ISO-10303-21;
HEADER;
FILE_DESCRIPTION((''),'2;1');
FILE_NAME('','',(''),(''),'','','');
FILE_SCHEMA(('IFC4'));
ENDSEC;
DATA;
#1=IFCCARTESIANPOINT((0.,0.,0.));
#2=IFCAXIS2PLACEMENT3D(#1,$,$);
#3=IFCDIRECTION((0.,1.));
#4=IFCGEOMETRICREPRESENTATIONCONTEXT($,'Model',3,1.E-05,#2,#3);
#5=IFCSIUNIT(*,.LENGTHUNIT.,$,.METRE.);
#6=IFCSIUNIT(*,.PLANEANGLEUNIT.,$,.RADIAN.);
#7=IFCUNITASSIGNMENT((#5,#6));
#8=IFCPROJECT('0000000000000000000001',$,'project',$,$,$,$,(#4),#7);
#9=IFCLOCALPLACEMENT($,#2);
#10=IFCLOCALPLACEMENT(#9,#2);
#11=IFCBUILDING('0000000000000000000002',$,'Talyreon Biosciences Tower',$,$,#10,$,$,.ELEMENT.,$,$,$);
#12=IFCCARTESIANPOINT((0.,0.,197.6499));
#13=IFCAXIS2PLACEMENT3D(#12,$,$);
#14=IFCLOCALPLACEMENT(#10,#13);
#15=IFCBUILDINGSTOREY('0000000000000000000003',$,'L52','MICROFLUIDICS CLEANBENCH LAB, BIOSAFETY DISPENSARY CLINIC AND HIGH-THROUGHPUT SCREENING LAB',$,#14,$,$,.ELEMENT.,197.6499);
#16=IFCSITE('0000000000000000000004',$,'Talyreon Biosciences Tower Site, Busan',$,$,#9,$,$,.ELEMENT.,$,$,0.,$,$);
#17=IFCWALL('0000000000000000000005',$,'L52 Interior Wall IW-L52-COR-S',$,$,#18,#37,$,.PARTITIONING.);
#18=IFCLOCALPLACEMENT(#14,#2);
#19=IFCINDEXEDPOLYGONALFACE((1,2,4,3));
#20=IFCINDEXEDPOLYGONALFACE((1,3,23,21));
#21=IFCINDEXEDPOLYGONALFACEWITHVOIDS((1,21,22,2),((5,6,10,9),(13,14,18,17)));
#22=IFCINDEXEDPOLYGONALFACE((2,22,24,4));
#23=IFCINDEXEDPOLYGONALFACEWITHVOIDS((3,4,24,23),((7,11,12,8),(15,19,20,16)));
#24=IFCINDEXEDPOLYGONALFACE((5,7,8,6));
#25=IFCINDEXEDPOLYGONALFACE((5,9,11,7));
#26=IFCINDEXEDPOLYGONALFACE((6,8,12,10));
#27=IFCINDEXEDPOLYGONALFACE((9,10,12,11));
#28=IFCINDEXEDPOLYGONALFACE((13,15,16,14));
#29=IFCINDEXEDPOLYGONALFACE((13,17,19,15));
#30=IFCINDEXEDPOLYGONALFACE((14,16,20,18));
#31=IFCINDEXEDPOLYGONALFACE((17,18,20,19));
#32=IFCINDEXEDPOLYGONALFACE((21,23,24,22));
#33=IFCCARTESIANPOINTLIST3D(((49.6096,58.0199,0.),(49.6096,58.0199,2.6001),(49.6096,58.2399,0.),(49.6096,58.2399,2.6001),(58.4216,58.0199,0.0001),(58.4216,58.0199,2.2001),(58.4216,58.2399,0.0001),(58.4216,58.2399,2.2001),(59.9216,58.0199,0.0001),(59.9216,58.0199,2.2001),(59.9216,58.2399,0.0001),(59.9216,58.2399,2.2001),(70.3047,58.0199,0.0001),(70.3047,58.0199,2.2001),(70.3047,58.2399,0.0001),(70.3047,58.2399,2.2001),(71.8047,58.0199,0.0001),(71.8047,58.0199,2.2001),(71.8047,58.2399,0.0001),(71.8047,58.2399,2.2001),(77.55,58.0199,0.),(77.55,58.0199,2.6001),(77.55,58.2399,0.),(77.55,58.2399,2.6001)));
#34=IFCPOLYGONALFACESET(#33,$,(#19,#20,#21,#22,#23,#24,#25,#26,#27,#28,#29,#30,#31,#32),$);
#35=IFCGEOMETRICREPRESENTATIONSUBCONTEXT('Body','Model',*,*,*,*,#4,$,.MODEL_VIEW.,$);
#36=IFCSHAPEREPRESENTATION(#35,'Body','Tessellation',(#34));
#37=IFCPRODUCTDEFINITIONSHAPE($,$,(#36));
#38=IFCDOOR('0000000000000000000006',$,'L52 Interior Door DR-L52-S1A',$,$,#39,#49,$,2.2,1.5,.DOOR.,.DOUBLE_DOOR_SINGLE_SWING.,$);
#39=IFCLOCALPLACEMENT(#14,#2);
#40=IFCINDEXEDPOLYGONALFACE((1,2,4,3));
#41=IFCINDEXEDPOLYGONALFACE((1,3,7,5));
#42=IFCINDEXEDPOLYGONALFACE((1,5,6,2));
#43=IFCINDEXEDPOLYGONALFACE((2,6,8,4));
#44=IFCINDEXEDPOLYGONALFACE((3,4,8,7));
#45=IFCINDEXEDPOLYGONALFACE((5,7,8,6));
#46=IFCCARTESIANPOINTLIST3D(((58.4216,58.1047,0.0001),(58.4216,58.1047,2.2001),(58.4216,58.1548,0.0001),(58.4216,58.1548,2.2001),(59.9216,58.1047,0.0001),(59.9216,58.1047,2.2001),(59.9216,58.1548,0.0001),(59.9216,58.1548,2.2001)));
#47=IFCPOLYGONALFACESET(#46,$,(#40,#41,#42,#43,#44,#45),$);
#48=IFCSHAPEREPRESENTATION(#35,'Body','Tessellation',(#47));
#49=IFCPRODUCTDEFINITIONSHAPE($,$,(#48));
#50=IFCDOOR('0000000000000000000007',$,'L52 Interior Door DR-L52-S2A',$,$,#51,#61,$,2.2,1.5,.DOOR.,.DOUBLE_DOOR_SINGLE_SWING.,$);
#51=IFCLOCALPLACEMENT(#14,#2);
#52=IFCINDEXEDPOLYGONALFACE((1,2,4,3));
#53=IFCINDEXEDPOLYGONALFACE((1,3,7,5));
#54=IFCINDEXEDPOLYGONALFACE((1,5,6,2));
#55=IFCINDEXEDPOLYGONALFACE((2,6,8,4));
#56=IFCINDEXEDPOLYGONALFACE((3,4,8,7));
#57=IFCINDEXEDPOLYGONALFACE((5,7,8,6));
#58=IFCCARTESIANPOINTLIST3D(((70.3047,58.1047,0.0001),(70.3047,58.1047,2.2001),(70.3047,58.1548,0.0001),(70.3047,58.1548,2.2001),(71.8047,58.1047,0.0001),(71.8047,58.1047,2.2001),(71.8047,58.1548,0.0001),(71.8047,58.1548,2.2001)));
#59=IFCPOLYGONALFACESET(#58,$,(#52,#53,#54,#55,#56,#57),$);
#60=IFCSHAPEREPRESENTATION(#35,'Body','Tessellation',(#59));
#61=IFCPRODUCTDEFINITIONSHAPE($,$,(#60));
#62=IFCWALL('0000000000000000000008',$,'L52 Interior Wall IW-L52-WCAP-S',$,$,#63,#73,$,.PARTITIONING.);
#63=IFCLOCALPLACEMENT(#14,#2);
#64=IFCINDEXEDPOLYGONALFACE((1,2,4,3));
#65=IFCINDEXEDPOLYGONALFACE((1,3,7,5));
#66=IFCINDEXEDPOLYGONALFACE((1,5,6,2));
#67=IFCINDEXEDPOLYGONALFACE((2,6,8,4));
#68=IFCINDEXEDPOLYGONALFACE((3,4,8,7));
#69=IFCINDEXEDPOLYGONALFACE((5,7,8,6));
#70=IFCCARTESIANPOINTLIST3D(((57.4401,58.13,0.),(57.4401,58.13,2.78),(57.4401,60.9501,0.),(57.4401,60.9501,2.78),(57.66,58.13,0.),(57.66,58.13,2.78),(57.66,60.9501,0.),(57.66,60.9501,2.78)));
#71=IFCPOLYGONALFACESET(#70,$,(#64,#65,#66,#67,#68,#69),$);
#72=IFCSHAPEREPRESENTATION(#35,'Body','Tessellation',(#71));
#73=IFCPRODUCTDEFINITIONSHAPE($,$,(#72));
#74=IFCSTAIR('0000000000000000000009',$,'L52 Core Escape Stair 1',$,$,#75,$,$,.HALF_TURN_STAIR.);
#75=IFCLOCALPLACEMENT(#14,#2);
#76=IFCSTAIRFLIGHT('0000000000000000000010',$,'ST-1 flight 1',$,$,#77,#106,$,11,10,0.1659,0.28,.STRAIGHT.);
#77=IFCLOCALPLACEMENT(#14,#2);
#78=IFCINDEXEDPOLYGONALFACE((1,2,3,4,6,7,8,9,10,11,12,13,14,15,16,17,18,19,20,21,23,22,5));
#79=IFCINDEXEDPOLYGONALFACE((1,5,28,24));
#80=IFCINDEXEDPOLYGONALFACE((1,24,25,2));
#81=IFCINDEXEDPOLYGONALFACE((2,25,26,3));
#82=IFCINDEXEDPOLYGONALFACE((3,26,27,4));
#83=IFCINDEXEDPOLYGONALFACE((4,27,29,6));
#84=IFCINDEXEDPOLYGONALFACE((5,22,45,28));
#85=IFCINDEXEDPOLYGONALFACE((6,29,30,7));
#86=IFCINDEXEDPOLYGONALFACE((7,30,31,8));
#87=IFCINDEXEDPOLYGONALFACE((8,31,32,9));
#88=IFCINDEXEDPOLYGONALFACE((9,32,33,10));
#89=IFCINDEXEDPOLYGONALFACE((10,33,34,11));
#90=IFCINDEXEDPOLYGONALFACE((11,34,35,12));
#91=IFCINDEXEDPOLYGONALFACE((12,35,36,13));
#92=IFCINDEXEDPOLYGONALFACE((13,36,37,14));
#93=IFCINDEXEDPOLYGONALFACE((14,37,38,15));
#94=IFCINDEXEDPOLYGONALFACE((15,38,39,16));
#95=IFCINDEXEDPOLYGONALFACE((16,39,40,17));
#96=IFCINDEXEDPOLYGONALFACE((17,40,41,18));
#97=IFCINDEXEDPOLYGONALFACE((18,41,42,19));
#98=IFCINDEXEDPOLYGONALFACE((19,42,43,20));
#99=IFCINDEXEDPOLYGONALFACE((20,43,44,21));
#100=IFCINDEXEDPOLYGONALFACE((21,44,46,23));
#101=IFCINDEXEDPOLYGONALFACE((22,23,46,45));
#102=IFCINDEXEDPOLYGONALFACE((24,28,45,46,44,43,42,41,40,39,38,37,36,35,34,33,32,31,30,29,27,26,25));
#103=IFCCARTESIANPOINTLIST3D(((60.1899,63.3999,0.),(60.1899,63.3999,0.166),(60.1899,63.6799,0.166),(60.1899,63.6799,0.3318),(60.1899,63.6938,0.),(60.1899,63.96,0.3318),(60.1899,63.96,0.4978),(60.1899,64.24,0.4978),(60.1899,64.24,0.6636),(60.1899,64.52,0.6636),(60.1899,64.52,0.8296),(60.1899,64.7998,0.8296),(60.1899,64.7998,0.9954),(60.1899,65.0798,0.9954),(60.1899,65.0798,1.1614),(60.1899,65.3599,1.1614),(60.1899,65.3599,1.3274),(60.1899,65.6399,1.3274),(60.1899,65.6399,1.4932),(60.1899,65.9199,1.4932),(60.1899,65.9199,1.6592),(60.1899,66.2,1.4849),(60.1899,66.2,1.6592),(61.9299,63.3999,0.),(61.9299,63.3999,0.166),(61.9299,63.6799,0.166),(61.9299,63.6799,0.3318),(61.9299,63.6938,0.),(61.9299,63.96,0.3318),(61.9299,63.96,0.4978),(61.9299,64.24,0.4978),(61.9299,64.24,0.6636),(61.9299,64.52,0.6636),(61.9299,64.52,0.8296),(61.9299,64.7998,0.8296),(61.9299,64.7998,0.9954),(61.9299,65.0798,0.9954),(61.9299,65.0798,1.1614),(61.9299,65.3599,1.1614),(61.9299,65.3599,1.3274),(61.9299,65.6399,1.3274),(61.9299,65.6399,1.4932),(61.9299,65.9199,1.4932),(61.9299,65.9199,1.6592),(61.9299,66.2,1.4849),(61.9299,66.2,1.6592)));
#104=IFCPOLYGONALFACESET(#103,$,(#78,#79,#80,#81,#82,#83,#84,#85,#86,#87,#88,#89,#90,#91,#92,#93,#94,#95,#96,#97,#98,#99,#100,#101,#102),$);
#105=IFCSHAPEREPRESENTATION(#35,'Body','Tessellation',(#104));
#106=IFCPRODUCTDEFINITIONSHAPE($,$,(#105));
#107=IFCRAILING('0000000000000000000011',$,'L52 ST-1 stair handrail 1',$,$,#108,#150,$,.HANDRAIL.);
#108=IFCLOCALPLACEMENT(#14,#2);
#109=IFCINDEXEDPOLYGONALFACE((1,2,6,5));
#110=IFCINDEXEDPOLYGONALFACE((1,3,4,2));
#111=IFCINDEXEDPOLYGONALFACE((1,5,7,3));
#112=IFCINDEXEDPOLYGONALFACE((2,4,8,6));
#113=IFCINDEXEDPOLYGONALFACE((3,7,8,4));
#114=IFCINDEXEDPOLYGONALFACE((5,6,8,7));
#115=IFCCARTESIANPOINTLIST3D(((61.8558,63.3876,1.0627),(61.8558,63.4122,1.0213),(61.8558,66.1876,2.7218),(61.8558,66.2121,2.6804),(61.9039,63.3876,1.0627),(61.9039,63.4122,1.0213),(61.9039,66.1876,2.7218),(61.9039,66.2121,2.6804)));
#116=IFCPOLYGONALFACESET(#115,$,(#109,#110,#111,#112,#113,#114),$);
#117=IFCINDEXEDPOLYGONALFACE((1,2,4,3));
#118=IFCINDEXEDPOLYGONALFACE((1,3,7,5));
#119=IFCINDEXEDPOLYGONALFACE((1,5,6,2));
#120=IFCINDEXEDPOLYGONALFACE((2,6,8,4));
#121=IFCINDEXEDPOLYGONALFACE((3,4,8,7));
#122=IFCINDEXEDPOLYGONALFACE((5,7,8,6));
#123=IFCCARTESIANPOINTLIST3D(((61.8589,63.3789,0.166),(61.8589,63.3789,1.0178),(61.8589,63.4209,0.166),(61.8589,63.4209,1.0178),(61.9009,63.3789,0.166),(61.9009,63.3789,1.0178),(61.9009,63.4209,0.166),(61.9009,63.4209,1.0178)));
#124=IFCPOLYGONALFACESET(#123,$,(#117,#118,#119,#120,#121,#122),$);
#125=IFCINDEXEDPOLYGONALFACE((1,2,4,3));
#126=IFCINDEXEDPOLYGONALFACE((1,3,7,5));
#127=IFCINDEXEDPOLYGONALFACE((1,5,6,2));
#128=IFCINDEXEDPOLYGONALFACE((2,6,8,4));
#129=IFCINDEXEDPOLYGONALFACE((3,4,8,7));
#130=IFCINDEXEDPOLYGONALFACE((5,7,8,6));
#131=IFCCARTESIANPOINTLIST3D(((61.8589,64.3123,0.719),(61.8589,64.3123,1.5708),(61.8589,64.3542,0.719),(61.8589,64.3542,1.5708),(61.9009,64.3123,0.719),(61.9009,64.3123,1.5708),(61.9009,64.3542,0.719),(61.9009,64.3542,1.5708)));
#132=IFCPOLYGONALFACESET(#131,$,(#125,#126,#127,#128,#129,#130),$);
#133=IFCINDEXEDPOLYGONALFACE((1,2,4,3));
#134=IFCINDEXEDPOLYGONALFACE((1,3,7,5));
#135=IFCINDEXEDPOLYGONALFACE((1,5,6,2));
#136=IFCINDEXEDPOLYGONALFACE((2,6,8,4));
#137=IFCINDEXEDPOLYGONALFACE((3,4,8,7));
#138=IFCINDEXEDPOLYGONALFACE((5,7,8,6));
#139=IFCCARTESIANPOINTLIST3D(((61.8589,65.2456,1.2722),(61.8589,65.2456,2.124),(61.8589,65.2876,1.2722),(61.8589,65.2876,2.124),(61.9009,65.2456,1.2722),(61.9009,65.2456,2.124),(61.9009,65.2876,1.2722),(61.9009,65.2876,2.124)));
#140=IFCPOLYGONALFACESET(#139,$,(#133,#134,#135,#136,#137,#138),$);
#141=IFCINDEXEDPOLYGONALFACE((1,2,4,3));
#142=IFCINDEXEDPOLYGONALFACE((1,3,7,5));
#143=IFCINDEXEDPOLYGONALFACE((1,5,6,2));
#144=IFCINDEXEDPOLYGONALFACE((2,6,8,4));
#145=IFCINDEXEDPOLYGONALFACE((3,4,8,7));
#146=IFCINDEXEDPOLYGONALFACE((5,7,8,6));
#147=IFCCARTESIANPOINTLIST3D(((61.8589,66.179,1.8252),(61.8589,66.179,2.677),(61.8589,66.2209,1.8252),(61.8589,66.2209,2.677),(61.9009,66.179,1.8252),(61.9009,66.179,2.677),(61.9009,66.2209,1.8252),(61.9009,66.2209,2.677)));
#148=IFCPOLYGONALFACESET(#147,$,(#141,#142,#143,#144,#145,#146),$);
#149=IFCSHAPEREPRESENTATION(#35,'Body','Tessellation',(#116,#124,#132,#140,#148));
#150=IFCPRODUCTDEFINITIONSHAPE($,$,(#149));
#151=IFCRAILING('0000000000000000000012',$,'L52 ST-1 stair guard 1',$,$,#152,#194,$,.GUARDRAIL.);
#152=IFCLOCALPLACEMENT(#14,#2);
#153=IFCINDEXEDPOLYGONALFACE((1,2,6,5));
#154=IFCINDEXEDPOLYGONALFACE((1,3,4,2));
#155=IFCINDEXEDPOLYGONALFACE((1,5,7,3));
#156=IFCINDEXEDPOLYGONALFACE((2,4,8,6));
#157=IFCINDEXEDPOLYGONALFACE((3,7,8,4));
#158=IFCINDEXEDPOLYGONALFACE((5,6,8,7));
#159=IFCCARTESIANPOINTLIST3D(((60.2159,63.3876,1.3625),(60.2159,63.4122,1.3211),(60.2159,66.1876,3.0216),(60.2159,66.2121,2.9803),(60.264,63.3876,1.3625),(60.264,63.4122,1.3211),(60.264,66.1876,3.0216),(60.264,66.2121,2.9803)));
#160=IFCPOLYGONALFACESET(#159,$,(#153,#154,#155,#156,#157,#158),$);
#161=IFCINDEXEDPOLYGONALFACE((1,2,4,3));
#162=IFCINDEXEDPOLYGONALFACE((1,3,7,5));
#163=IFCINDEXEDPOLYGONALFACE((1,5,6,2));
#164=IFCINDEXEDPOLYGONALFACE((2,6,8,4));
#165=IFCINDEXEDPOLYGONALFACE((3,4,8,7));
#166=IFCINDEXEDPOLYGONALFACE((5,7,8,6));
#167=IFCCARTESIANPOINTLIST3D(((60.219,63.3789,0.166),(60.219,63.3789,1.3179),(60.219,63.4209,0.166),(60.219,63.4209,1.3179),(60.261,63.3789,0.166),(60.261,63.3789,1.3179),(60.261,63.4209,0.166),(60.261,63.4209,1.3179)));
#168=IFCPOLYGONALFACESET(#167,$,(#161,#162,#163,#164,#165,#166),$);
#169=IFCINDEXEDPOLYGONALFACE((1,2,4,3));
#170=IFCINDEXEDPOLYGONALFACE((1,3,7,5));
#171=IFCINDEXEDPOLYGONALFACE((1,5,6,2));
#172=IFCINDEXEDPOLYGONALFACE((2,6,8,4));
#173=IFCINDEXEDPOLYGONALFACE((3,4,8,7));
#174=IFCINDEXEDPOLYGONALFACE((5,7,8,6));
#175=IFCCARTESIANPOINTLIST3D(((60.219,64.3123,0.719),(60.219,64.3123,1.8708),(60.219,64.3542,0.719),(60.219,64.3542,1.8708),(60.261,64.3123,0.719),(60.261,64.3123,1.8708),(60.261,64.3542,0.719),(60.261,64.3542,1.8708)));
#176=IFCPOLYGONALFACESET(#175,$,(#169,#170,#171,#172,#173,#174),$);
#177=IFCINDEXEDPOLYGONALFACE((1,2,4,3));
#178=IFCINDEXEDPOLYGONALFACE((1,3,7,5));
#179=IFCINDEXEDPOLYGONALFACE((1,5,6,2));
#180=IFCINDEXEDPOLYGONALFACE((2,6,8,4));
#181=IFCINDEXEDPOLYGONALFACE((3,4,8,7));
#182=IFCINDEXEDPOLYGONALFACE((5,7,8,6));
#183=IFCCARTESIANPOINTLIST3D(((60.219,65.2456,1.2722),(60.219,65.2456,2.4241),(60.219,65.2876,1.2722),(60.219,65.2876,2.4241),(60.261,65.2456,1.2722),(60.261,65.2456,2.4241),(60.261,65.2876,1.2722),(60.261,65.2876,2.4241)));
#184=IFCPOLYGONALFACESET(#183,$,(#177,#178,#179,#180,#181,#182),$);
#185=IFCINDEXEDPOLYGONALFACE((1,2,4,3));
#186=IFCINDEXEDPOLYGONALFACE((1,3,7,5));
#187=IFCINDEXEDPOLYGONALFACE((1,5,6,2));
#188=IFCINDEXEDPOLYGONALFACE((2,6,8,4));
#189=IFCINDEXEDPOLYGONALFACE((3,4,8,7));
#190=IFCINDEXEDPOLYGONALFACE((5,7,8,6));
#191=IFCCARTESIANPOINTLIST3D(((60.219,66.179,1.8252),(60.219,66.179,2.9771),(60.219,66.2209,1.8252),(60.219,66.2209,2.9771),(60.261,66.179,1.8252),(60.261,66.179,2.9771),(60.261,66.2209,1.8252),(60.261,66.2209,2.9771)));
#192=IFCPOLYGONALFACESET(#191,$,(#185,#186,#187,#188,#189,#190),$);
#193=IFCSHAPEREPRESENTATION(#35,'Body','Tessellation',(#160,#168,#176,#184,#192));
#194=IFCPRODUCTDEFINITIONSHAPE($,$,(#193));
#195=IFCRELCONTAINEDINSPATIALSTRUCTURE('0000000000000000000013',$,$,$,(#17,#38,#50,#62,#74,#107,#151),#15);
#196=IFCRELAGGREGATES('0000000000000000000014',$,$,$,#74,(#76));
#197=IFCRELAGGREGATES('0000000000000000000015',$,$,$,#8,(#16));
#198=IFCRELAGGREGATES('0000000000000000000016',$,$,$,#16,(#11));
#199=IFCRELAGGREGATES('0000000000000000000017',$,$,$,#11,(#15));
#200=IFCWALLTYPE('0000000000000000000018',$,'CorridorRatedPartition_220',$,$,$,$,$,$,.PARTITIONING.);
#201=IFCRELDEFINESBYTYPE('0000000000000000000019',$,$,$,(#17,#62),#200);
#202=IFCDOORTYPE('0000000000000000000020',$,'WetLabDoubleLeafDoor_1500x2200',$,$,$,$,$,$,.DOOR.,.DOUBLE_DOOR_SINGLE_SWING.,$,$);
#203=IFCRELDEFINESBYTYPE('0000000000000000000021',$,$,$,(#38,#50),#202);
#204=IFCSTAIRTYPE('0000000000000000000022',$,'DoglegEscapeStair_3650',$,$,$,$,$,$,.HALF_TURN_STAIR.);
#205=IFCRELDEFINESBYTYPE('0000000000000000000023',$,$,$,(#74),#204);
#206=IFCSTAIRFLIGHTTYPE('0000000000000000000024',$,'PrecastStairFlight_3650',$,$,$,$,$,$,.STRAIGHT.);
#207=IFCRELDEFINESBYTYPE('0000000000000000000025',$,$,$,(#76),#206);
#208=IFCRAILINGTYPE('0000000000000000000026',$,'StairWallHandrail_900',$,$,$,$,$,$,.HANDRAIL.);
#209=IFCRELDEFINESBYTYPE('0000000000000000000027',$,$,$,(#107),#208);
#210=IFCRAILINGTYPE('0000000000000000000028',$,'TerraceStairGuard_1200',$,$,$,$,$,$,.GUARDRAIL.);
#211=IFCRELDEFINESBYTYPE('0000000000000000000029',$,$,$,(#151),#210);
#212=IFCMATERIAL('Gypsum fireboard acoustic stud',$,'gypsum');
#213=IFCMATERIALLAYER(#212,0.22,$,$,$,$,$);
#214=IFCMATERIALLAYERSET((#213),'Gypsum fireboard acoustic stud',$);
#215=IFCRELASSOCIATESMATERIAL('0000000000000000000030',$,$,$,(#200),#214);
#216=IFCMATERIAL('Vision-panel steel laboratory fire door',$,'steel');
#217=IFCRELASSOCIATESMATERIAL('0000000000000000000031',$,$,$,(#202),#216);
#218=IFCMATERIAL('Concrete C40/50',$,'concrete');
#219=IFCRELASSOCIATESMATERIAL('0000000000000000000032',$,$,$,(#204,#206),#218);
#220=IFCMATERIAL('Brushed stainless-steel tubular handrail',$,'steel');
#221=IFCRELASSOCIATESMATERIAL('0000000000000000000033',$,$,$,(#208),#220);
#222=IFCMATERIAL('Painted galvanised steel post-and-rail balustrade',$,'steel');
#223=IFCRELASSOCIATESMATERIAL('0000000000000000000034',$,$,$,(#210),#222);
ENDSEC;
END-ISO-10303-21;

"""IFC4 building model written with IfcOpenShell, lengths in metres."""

from ifc_helpers import new_model, si_unit, direction, frame, frame_2d, origin, origin_2d, place, context, subcontext, project, spatial, polyline, rectangle, outline, extrude, material, layer, layer_set, type_object, element, fill, aggregate, save


model = new_model("IFC4")

# Units and contexts
model_context = context("Model", 3, precision=1e-05, world=origin(), true_north=direction((0.0, 1.0)))
body_context = subcontext(model_context, "Body", "Model", "MODEL_VIEW")
ifc_project = project(units=[si_unit("LENGTHUNIT", "METRE"), si_unit("PLANEANGLEUNIT", "RADIAN")], contexts=[model_context])

# Site, building, storey
site_placement = place(None, origin())
site = spatial("IfcSite", under=ifc_project, at=site_placement, Name="Talyreon Biosciences Tower Site, Busan", CompositionType="ELEMENT", RefElevation=0.0)
building_placement = place(site_placement, origin())
building = spatial("IfcBuilding", under=site, at=building_placement, Name="Talyreon Biosciences Tower", CompositionType="ELEMENT")
storey_placement = place(building_placement, frame((0.0, 0.0, 197.6499)))
storey = spatial("IfcBuildingStorey", under=building, at=storey_placement, Name="L52", Description="MICROFLUIDICS CLEANBENCH LAB, BIOSAFETY DISPENSARY CLINIC AND HIGH-THROUGHPUT SCREENING LAB", CompositionType="ELEMENT", Elevation=197.6499)

# Wall, openings, doors
ifc_material_1 = material(Name="Gypsum fireboard acoustic stud", Category="gypsum")
ifc_layer_1 = layer(ifc_material_1, 0.22)
ifc_layer_set_1 = layer_set([ifc_layer_1], Name="Gypsum fireboard acoustic stud")
wall_type_1 = type_object("IfcWallType", Name="CorridorRatedPartition_220", PredefinedType="PARTITIONING", material=ifc_layer_set_1)
wall_1_placement = place(storey_placement, frame((49.6096, 58.1299, 0.0), z_axis=(0.0, 0.0, 1.0), x_axis=(1.0, 0.0, 0.0)))
wall_1 = element("IfcWall", 1, at=wall_1_placement, inside=storey, type_object=wall_type_1, Name="L52 Interior Wall IW-L52-COR-S", PredefinedType="PARTITIONING", context=body_context, shape_type="SweptSolid", body=[
    extrude(rectangle(XDim=27.9404, YDim=0.22, at=frame_2d((13.9702, 0.0))), origin(), (0.0, 0.0, 1.0), 2.6001),
])
opening_1_placement = place(wall_1_placement, frame((8.812, 0.0, 0.0)))
opening_1 = element("IfcOpeningElement", 2, at=opening_1_placement, cuts=wall_1, PredefinedType="OPENING", context=body_context, shape_type="SweptSolid", body=[
    extrude(rectangle(XDim=1.5, YDim=2.2, at=frame_2d((0.75, 1.1001))), frame((0.0, 0.1199, 0.0), z_axis=(0.0, -1.0, 0.0), x_axis=(1.0, 0.0, 0.0)), (0.0, 0.0, 1.0), 0.24),
])
opening_2_placement = place(wall_1_placement, frame((20.6951, 0.0, 0.0)))
opening_2 = element("IfcOpeningElement", 3, at=opening_2_placement, cuts=wall_1, PredefinedType="OPENING", context=body_context, shape_type="SweptSolid", body=[
    extrude(rectangle(XDim=1.5, YDim=2.2, at=frame_2d((0.75, 1.1001))), frame((0.0, 0.1199, 0.0), z_axis=(0.0, -1.0, 0.0), x_axis=(1.0, 0.0, 0.0)), (0.0, 0.0, 1.0), 0.24),
])
ifc_material_2 = material(Name="Vision-panel steel laboratory fire door", Category="steel")
door_type_1 = type_object("IfcDoorType", Name="WetLabDoubleLeafDoor_1500x2200", OperationType="DOUBLE_DOOR_SINGLE_SWING", PredefinedType="DOOR", material=ifc_material_2)
door_1_placement = place(opening_1_placement, origin())
door_1 = element("IfcDoor", 4, at=door_1_placement, inside=storey, type_object=door_type_1, Name="L52 Interior Door DR-L52-S1A", OperationType="DOUBLE_DOOR_SINGLE_SWING", OverallHeight=2.2, OverallWidth=1.5, PredefinedType="DOOR", context=body_context, shape_type="SweptSolid", body=[
    extrude(rectangle(XDim=1.5, YDim=2.2, at=frame_2d((0.75, 1.1001))), frame((0.0, 0.0249, 0.0), z_axis=(0.0, -1.0, 0.0), x_axis=(1.0, 0.0, 0.0)), (0.0, 0.0, 1.0), 0.05),
])
fill(opening_1, door_1)
door_2_placement = place(opening_2_placement, origin())
door_2 = element("IfcDoor", 5, at=door_2_placement, inside=storey, type_object=door_type_1, Name="L52 Interior Door DR-L52-S2A", OperationType="DOUBLE_DOOR_SINGLE_SWING", OverallHeight=2.2, OverallWidth=1.5, PredefinedType="DOOR", context=body_context, shape_type="SweptSolid", body=[
    extrude(rectangle(XDim=1.5, YDim=2.2, at=frame_2d((0.75, 1.1001))), frame((0.0, 0.0249, 0.0), z_axis=(0.0, -1.0, 0.0), x_axis=(1.0, 0.0, 0.0)), (0.0, 0.0, 1.0), 0.05),
])
fill(opening_2, door_2)

# Wall
wall_2_placement = place(storey_placement, frame((57.55, 58.1299, 0.0), z_axis=(0.0, 0.0, 1.0), x_axis=(0.0, 1.0, 0.0)))
element("IfcWall", 6, at=wall_2_placement, inside=storey, type_object=wall_type_1, Name="L52 Interior Wall IW-L52-WCAP-S", PredefinedType="PARTITIONING", context=body_context, shape_type="SweptSolid", body=[
    extrude(rectangle(XDim=2.8201, YDim=0.22, at=frame_2d((1.4102, 0.0))), origin(), (0.0, 0.0, 1.0), 2.78),
])

# Stair, stair flight
ifc_material_3 = material(Name="Concrete C40/50", Category="concrete")
stair_type = type_object("IfcStairType", Name="DoglegEscapeStair_3650", PredefinedType="HALF_TURN_STAIR", material=ifc_material_3)
stair_placement = place(storey_placement, origin())
stair = element("IfcStair", 7, at=stair_placement, inside=storey, type_object=stair_type, Name="L52 Core Escape Stair 1", PredefinedType="HALF_TURN_STAIR")
stair_flight_type = type_object("IfcStairFlightType", Name="PrecastStairFlight_3650", PredefinedType="STRAIGHT", material=ifc_material_3)
stair_flight_placement = place(storey_placement, frame((61.0601, 63.3999, 0.0), z_axis=(0.0, 0.0, 1.0), x_axis=(0.0, 1.0, 0.0)))
stair_flight = element("IfcStairFlight", 8, at=stair_flight_placement, type_object=stair_flight_type, Name="ST-1 flight 1", NumberOfRisers=11, NumberOfTreads=10, PredefinedType="STRAIGHT", RiserHeight=0.1659, TreadLength=0.28, context=body_context, shape_type="SweptSolid", body=[
    extrude(outline(polyline([(0.0, 0.0), (0.0, 0.166), (0.28, 0.166), (0.28, 0.3318), (0.5601, 0.3318), (0.5601, 0.4978), (0.8401, 0.4978), (0.8401, 0.6636), (1.1201, 0.6636), (1.1201, 0.8296), (1.3999, 0.8296), (1.3999, 0.9954), (1.6799, 0.9954), (1.6799, 1.1614), (1.96, 1.1614), (1.96, 1.3274), (2.24, 1.3274), (2.24, 1.4932), (2.52, 1.4932), (2.52, 1.6592), (2.8, 1.6592), (2.8, 1.825), (2.8, 1.4849), (0.2939, 0.0), (0.0, 0.0)])), frame((0.0, 0.8701, 0.0), z_axis=(0.0, -1.0, 0.0), x_axis=(1.0, 0.0, 0.0)), (0.0, 0.0, 1.0), 1.74),
])
aggregate(stair, [stair_flight])

# Railings
ifc_material_4 = material(Name="Brushed stainless-steel tubular handrail", Category="steel")
railing_type_1 = type_object("IfcRailingType", Name="StairWallHandrail_900", PredefinedType="HANDRAIL", material=ifc_material_4)
railing_1_placement = place(storey_placement, frame((61.8799, 63.3999, 0.166)))
element("IfcRailing", 9, at=railing_1_placement, inside=storey, type_object=railing_type_1, Name="L52 ST-1 stair handrail 1", PredefinedType="HANDRAIL", context=body_context, shape_type="SweptSolid", body=[
    extrude(rectangle(XDim=0.0481, YDim=0.0481, at=origin_2d()), frame((0.0, 0.0, 0.876), z_axis=(0.0, 0.860306, 0.509778), x_axis=(-1.0, 0.0, 0.0)), (0.0, 0.0, 1.0), 3.2546),
    extrude(rectangle(XDim=0.042, YDim=0.042, at=origin_2d()), origin(), (0.0, 0.0, 1.0), 0.8518),
    extrude(rectangle(XDim=0.042, YDim=0.042, at=origin_2d()), frame((0.0, 0.9333, 0.553)), (0.0, 0.0, 1.0), 0.8518),
    extrude(rectangle(XDim=0.042, YDim=0.042, at=origin_2d()), frame((0.0, 1.8667, 1.1062)), (0.0, 0.0, 1.0), 0.8518),
    extrude(rectangle(XDim=0.042, YDim=0.042, at=origin_2d()), frame((0.0, 2.8, 1.6592)), (0.0, 0.0, 1.0), 0.8518),
])
ifc_material_5 = material(Name="Painted galvanised steel post-and-rail balustrade", Category="steel")
railing_type_2 = type_object("IfcRailingType", Name="TerraceStairGuard_1200", PredefinedType="GUARDRAIL", material=ifc_material_5)
railing_2_placement = place(storey_placement, frame((60.24, 63.3999, 0.166)))
element("IfcRailing", 10, at=railing_2_placement, inside=storey, type_object=railing_type_2, Name="L52 ST-1 stair guard 1", PredefinedType="GUARDRAIL", context=body_context, shape_type="SweptSolid", body=[
    extrude(rectangle(XDim=0.0481, YDim=0.0481, at=origin_2d()), frame((0.0, 0.0, 1.1758), z_axis=(0.0, 0.860306, 0.509778), x_axis=(-1.0, 0.0, 0.0)), (0.0, 0.0, 1.0), 3.2546),
    extrude(rectangle(XDim=0.042, YDim=0.042, at=origin_2d()), origin(), (0.0, 0.0, 1.0), 1.1519),
    extrude(rectangle(XDim=0.042, YDim=0.042, at=origin_2d()), frame((0.0, 0.9333, 0.553)), (0.0, 0.0, 1.0), 1.1519),
    extrude(rectangle(XDim=0.042, YDim=0.042, at=origin_2d()), frame((0.0, 1.8667, 1.1062)), (0.0, 0.0, 1.0), 1.1519),
    extrude(rectangle(XDim=0.042, YDim=0.042, at=origin_2d()), frame((0.0, 2.8, 1.6592)), (0.0, 0.0, 1.0), 1.1519),
])

save(model, "model.ifc")
